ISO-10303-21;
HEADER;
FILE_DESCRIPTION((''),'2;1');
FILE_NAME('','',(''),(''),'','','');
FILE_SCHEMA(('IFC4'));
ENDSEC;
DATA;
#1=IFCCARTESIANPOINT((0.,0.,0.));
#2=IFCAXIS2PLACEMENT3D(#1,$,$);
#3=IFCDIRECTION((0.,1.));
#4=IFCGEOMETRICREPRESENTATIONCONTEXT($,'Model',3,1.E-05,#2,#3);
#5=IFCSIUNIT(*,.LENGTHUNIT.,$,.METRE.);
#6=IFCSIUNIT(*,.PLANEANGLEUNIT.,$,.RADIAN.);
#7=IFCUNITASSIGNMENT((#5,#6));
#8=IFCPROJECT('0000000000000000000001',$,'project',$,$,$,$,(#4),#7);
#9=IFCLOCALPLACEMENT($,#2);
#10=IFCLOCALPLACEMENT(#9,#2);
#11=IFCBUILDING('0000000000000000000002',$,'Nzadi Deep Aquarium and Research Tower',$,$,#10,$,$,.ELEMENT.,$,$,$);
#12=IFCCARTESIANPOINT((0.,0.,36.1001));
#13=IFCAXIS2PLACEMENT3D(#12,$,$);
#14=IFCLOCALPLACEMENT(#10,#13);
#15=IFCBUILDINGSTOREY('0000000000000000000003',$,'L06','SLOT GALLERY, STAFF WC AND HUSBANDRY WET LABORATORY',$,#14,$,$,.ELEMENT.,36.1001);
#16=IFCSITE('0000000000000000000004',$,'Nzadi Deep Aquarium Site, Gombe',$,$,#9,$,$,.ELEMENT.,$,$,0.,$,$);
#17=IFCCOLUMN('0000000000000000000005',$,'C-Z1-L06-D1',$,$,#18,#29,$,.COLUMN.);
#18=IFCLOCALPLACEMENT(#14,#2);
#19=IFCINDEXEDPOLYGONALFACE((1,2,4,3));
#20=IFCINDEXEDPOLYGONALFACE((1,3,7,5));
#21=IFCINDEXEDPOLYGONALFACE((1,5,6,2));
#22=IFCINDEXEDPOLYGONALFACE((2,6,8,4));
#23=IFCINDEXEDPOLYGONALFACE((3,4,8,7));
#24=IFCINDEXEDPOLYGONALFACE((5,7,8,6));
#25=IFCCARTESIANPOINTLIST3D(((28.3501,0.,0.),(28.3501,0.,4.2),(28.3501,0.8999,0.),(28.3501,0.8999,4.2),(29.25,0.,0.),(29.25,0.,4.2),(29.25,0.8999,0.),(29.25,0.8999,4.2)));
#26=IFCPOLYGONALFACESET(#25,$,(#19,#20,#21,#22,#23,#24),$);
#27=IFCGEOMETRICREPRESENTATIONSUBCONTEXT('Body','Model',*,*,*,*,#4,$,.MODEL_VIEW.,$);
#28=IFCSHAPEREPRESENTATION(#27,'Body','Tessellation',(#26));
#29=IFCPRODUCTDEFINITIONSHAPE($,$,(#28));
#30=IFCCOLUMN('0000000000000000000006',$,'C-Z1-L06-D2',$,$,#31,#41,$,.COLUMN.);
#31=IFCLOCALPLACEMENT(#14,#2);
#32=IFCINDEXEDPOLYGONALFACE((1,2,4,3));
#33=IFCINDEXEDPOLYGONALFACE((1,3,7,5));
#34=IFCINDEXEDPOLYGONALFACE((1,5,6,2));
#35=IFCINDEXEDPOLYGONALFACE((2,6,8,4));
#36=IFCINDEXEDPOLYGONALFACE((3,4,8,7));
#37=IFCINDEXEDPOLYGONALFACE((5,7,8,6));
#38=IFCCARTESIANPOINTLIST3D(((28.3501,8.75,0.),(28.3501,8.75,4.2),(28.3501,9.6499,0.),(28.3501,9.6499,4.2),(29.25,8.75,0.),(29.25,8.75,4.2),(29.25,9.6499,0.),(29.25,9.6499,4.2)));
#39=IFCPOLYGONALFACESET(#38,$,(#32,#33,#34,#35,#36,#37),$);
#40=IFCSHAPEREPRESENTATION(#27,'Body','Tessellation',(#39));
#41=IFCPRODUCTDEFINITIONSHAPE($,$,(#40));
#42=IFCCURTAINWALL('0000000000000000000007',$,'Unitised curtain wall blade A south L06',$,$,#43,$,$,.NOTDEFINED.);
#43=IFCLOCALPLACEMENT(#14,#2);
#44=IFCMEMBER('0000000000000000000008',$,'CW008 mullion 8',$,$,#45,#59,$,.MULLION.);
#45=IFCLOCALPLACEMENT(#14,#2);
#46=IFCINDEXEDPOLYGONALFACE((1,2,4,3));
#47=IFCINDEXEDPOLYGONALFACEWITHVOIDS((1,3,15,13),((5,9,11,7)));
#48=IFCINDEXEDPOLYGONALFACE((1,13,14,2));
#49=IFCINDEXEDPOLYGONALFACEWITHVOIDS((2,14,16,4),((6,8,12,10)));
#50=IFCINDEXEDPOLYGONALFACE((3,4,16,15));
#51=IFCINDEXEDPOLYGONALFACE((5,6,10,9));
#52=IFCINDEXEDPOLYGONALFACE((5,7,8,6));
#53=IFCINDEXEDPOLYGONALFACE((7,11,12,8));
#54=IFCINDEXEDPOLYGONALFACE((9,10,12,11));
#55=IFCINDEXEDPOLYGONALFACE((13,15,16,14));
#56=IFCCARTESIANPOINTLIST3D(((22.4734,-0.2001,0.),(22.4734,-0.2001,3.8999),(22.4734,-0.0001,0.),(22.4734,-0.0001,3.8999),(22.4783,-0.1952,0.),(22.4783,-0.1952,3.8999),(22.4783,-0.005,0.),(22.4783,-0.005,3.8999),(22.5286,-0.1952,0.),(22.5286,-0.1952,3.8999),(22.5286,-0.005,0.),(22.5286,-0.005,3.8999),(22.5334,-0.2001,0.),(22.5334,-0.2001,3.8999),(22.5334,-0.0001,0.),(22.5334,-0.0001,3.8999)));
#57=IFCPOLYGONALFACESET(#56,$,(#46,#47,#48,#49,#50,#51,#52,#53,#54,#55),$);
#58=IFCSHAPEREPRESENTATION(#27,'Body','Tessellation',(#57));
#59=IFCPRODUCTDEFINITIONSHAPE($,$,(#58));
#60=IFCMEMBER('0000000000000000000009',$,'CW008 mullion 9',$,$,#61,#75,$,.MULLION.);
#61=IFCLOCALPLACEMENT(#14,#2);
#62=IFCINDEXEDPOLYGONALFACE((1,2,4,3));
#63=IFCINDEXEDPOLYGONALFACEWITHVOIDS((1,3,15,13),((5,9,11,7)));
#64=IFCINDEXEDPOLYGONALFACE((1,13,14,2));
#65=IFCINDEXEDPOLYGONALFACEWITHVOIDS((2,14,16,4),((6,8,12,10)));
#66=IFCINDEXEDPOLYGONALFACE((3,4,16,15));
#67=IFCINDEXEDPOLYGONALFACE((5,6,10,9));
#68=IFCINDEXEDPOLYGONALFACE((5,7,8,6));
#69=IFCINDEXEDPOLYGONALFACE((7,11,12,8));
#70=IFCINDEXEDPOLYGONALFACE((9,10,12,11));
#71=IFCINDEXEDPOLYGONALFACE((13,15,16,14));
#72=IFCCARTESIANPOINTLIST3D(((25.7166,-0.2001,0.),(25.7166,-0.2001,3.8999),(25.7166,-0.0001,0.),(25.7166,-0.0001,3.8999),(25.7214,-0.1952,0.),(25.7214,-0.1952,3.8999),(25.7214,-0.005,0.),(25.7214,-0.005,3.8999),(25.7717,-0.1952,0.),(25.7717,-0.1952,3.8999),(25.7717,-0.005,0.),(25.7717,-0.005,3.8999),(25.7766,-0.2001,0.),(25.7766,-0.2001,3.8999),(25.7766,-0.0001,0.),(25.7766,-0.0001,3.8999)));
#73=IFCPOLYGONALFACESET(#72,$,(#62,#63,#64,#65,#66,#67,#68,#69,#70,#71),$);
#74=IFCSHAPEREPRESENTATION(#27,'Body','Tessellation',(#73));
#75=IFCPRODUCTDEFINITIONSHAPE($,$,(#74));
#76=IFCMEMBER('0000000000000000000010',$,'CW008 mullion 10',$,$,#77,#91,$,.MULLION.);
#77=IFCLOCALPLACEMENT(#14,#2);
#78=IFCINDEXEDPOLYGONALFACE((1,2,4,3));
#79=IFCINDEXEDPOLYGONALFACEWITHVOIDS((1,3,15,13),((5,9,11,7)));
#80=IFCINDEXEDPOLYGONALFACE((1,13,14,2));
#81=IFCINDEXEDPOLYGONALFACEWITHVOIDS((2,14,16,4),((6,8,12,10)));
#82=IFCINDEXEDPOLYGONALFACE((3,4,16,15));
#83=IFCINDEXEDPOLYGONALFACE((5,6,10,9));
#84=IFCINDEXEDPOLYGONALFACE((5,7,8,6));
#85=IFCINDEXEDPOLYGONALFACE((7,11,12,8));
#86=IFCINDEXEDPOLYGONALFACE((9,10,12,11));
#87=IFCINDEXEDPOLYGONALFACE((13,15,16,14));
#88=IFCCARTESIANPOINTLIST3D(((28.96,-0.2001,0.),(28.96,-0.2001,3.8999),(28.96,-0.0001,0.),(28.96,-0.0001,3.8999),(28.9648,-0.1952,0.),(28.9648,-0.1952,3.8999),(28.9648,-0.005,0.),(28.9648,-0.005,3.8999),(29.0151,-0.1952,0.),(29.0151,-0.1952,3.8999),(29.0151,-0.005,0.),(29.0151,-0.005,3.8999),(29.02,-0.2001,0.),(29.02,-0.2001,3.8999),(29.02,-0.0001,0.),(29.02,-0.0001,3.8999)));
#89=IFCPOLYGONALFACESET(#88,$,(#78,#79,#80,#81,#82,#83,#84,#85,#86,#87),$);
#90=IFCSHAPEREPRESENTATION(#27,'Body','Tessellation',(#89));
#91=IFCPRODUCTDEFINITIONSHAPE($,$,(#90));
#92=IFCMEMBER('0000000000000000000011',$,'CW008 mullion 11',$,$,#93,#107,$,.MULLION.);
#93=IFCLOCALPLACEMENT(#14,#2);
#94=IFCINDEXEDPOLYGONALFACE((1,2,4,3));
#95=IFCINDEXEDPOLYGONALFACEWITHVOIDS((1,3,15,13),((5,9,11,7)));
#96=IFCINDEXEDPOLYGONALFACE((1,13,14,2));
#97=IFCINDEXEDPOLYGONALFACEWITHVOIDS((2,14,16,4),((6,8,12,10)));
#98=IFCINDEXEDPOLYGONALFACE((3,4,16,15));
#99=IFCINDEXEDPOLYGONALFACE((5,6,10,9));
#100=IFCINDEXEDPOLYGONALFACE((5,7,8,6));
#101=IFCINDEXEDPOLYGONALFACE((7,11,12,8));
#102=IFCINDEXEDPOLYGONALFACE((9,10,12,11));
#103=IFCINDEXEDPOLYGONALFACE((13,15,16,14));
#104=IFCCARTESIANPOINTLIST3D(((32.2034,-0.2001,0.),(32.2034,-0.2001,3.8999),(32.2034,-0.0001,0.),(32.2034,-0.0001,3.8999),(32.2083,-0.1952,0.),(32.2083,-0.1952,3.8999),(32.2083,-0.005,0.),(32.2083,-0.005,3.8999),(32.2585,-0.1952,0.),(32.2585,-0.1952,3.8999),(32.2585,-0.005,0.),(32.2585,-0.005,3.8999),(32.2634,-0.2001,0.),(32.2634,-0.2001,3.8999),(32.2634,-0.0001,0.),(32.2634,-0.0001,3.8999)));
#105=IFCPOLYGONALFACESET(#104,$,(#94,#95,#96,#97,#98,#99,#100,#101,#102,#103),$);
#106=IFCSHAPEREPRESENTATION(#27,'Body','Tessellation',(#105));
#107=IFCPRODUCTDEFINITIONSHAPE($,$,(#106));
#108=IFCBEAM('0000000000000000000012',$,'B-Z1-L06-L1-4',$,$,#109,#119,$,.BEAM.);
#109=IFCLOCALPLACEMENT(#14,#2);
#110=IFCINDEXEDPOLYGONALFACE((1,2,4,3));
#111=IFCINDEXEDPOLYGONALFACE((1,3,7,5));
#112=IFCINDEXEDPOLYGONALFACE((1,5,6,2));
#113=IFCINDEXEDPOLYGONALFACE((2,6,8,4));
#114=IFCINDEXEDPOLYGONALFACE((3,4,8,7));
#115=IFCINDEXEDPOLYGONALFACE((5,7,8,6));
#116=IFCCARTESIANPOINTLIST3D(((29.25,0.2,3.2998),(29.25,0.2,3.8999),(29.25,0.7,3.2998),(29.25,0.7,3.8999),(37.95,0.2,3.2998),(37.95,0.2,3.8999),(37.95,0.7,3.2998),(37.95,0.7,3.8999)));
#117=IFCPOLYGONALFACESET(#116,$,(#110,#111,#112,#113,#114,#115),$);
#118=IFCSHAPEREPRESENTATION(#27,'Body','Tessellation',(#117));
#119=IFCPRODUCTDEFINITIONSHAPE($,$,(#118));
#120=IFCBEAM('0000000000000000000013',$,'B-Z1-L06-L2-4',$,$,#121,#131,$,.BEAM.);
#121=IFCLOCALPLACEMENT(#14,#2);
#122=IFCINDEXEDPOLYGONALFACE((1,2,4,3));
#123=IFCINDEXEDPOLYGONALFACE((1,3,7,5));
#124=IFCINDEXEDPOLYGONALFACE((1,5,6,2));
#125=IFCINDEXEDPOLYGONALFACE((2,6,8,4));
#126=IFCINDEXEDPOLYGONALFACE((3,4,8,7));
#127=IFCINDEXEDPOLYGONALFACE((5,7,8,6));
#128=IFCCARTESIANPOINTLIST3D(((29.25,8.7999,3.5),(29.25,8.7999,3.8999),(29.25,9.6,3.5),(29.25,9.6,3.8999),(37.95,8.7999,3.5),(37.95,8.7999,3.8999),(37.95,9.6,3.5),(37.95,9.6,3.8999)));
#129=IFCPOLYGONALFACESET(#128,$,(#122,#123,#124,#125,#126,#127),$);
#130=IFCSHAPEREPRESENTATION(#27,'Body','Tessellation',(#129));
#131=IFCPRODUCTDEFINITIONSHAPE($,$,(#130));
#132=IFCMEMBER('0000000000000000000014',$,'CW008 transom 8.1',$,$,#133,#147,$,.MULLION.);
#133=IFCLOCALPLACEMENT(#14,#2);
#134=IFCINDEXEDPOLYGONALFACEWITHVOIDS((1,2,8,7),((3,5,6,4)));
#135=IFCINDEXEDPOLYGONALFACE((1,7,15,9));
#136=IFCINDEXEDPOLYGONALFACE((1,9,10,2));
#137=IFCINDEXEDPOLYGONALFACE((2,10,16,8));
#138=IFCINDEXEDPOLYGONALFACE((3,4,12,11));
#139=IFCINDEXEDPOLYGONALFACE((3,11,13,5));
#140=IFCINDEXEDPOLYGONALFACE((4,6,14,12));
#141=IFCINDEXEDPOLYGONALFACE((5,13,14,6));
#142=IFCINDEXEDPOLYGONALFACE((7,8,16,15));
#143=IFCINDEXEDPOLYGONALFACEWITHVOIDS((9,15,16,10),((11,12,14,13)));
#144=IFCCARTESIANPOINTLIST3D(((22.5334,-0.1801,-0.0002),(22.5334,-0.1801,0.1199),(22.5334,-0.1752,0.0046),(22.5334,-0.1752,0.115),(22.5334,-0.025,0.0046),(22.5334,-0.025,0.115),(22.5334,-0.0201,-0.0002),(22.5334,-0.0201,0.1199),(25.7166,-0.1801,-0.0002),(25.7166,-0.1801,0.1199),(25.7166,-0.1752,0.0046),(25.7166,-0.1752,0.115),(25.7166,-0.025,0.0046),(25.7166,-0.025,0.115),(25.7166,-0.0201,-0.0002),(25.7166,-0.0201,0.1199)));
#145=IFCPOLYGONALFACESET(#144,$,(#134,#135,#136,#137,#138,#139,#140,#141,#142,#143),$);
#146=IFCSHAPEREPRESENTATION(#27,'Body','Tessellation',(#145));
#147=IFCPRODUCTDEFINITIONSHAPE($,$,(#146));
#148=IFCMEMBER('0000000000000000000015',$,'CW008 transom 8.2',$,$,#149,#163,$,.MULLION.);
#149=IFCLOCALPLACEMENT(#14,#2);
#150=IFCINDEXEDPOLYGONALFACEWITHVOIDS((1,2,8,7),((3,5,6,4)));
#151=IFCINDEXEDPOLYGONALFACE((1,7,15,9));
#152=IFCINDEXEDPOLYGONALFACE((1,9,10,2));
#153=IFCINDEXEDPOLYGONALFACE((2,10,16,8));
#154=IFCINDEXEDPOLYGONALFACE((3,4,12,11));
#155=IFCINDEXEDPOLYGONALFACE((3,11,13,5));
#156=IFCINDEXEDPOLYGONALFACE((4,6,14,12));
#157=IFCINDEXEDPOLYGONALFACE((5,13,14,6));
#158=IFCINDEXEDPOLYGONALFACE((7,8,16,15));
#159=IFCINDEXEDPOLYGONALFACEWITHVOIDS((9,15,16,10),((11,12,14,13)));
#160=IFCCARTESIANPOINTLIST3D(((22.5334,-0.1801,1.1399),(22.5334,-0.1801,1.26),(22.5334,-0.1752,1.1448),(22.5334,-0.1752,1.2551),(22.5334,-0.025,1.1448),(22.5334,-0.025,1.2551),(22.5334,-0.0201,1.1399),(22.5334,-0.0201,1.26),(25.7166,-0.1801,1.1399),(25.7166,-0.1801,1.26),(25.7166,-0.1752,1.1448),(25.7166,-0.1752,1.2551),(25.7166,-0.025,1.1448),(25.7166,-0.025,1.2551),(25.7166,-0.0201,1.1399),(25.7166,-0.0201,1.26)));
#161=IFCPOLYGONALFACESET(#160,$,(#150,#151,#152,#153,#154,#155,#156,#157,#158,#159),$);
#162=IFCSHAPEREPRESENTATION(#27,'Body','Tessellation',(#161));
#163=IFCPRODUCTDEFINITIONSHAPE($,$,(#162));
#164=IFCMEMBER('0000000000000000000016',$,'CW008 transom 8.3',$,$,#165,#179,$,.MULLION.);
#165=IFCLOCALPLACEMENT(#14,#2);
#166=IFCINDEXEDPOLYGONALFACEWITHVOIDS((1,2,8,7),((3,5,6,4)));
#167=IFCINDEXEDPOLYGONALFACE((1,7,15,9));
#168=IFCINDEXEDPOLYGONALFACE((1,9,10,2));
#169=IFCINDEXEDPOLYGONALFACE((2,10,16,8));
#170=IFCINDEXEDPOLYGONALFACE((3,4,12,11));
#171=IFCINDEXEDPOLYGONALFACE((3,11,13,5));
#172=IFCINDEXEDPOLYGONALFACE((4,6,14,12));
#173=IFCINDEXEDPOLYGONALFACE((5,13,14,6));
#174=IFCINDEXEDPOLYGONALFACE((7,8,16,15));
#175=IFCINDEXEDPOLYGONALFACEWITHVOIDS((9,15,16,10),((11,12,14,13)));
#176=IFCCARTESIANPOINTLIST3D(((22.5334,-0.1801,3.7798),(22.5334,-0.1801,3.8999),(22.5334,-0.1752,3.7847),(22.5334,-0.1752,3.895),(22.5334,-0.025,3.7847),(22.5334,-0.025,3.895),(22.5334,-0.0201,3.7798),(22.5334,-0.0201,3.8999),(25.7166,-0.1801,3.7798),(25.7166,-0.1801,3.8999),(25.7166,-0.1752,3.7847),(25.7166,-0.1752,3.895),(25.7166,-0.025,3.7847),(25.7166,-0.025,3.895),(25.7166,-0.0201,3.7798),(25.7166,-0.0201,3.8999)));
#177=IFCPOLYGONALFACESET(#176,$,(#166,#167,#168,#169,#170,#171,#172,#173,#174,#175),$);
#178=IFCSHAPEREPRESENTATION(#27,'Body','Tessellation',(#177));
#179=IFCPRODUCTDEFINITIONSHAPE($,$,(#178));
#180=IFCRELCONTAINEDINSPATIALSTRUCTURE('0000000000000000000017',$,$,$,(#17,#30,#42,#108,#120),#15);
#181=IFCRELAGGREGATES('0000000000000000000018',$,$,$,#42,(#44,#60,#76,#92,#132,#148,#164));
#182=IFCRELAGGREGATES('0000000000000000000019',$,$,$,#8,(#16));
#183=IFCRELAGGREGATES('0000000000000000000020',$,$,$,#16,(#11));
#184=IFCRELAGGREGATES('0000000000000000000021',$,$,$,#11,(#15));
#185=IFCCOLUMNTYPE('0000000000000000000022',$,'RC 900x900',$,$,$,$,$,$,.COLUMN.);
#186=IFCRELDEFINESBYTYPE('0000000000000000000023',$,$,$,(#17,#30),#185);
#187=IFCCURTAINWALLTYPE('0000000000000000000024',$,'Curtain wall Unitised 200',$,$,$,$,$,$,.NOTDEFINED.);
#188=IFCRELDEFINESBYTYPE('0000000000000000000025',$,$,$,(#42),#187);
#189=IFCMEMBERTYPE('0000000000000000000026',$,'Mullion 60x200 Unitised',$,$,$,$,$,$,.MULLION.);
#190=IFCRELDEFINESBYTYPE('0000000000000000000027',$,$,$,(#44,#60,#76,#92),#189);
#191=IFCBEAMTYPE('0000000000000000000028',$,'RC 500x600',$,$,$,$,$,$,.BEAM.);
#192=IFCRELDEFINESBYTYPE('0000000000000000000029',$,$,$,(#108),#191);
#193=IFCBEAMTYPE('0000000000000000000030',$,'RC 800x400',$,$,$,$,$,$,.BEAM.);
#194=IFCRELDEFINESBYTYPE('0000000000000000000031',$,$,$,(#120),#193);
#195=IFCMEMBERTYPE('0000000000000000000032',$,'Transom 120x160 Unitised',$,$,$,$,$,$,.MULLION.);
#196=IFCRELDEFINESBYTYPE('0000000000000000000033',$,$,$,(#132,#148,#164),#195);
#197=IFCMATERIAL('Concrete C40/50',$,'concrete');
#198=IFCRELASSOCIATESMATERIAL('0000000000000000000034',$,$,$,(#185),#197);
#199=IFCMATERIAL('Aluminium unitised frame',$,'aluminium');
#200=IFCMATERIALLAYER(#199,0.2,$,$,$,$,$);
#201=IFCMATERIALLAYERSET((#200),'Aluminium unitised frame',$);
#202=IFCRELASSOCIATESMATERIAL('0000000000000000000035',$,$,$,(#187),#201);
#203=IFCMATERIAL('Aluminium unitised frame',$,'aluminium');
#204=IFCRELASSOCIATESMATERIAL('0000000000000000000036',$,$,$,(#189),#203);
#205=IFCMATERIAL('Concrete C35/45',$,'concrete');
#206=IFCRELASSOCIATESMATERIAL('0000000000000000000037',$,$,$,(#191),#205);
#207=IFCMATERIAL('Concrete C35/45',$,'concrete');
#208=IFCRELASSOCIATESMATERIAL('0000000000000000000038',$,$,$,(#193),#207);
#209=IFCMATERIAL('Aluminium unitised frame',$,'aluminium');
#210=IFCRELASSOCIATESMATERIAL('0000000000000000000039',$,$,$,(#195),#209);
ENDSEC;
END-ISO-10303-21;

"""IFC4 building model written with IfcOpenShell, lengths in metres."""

from ifc_helpers import new_model, si_unit, direction, frame, origin, origin_2d, place, context, subcontext, project, spatial, rectangle, hollow_rectangle, extrude, material, layer, layer_set, material_profile, profile_set, type_object, element, aggregate, save


model = new_model("IFC4")

# Units and contexts
model_context = context("Model", 3, precision=1e-05, world=origin(), true_north=direction((0.0, 1.0)))
body_context = subcontext(model_context, "Body", "Model", "MODEL_VIEW")
ifc_project = project(units=[si_unit("LENGTHUNIT", "METRE"), si_unit("PLANEANGLEUNIT", "RADIAN")], contexts=[model_context])

# Site, building, storey
site_placement = place(None, origin())
site = spatial("IfcSite", under=ifc_project, at=site_placement, Name="Nzadi Deep Aquarium Site, Gombe", CompositionType="ELEMENT", RefElevation=0.0)
building_placement = place(site_placement, origin())
building = spatial("IfcBuilding", under=site, at=building_placement, Name="Nzadi Deep Aquarium and Research Tower", CompositionType="ELEMENT")
storey_placement = place(building_placement, frame((0.0, 0.0, 36.1001)))
storey = spatial("IfcBuildingStorey", under=building, at=storey_placement, Name="L06", Description="SLOT GALLERY, STAFF WC AND HUSBANDRY WET LABORATORY", CompositionType="ELEMENT", Elevation=36.1001)

# Columns
ifc_material_1 = material(Name="Concrete C40/50", Category="concrete")
ifc_material_profile_1 = material_profile(ifc_material_1, rectangle(XDim=0.8999, YDim=0.8999, at=origin_2d()))
ifc_profile_set_1 = profile_set([ifc_material_profile_1], Name="Concrete C40/50")
column_type = type_object("IfcColumnType", Name="RC 900x900", PredefinedType="COLUMN", material=ifc_profile_set_1)
for number, where, z_axis, x_axis, name in (
    (1, (28.8, 0.45, 0.0), (0.0, 0.0, 1.0), (1.0, 0.0, 0.0), "C-Z1-L06-D1"),
    (2, (28.8, 9.2, 0.0), (0.0, 0.0, 1.0), (1.0, 0.0, 0.0), "C-Z1-L06-D2"),
):
    element("IfcColumn", number, at=place(storey_placement, frame(where, z_axis=z_axis, x_axis=x_axis)), inside=storey, type_object=column_type, Name=name, PredefinedType="COLUMN", context=body_context, shape_type="SweptSolid", body=[
        extrude(rectangle(XDim=0.8999, YDim=0.8999, at=origin_2d()), origin(), (0.0, 0.0, 1.0), 4.2),
    ])

# Curtain wall, members
ifc_material_2 = material(Name="Aluminium unitised frame", Category="aluminium")
ifc_layer_1 = layer(ifc_material_2, 0.2)
ifc_layer_set_1 = layer_set([ifc_layer_1], Name="Aluminium unitised frame")
curtain_wall_type = type_object("IfcCurtainWallType", Name="Curtain wall Unitised 200", PredefinedType="NOTDEFINED", material=ifc_layer_set_1)
curtain_wall_placement = place(storey_placement, origin())
curtain_wall = element("IfcCurtainWall", 3, at=curtain_wall_placement, inside=storey, type_object=curtain_wall_type, Name="Unitised curtain wall blade A south L06", PredefinedType="NOTDEFINED")
ifc_material_3 = material(Name="Aluminium unitised frame", Category="aluminium")
ifc_material_profile_2 = material_profile(ifc_material_3, hollow_rectangle(XDim=0.2, YDim=0.0601, WallThickness=0.0049, at=origin_2d()))
ifc_profile_set_2 = profile_set([ifc_material_profile_2], Name="Aluminium unitised frame")
member_type_1 = type_object("IfcMemberType", Name="Mullion 60x200 Unitised", PredefinedType="MULLION", material=ifc_profile_set_2)
member_1_placement = place(storey_placement, frame((22.5034, -0.1001, 0.0), z_axis=(0.0, 0.0, 1.0), x_axis=(0.0, 1.0, 0.0)))
member_1 = element("IfcMember", 4, at=member_1_placement, type_object=member_type_1, Name="CW008 mullion 8", PredefinedType="MULLION", context=body_context, shape_type="SweptSolid", body=[
    extrude(hollow_rectangle(XDim=0.2, YDim=0.0601, WallThickness=0.0049, at=origin_2d()), origin(), (0.0, 0.0, 1.0), 3.8999),
])
member_2_placement = place(storey_placement, frame((25.7466, -0.1001, 0.0), z_axis=(0.0, 0.0, 1.0), x_axis=(0.0, 1.0, 0.0)))
member_2 = element("IfcMember", 5, at=member_2_placement, type_object=member_type_1, Name="CW008 mullion 9", PredefinedType="MULLION", context=body_context, shape_type="SweptSolid", body=[
    extrude(hollow_rectangle(XDim=0.2, YDim=0.0601, WallThickness=0.0049, at=origin_2d()), origin(), (0.0, 0.0, 1.0), 3.8999),
])
member_3_placement = place(storey_placement, frame((28.99, -0.1001, 0.0), z_axis=(0.0, 0.0, 1.0), x_axis=(0.0, 1.0, 0.0)))
member_3 = element("IfcMember", 6, at=member_3_placement, type_object=member_type_1, Name="CW008 mullion 10", PredefinedType="MULLION", context=body_context, shape_type="SweptSolid", body=[
    extrude(hollow_rectangle(XDim=0.2, YDim=0.0601, WallThickness=0.0049, at=origin_2d()), origin(), (0.0, 0.0, 1.0), 3.8999),
])
member_4_placement = place(storey_placement, frame((32.2334, -0.1001, 0.0), z_axis=(0.0, 0.0, 1.0), x_axis=(0.0, 1.0, 0.0)))
member_4 = element("IfcMember", 7, at=member_4_placement, type_object=member_type_1, Name="CW008 mullion 11", PredefinedType="MULLION", context=body_context, shape_type="SweptSolid", body=[
    extrude(hollow_rectangle(XDim=0.2, YDim=0.0601, WallThickness=0.0049, at=origin_2d()), origin(), (0.0, 0.0, 1.0), 3.8999),
])

# Beams
ifc_material_4 = material(Name="Concrete C35/45", Category="concrete")
ifc_material_profile_3 = material_profile(ifc_material_4, rectangle(XDim=0.5, YDim=0.6001, at=origin_2d()))
ifc_profile_set_3 = profile_set([ifc_material_profile_3], Name="Concrete C35/45")
beam_type_1 = type_object("IfcBeamType", Name="RC 500x600", PredefinedType="BEAM", material=ifc_profile_set_3)
beam_1_placement = place(storey_placement, frame((29.25, 0.45, 3.5999), z_axis=(1.0, 0.0, 0.0), x_axis=(0.0, 1.0, 0.0)))
element("IfcBeam", 8, at=beam_1_placement, inside=storey, type_object=beam_type_1, Name="B-Z1-L06-L1-4", PredefinedType="BEAM", context=body_context, shape_type="SweptSolid", body=[
    extrude(rectangle(XDim=0.5, YDim=0.6001, at=origin_2d()), origin(), (0.0, 0.0, 1.0), 8.7),
])
ifc_material_5 = material(Name="Concrete C35/45", Category="concrete")
ifc_material_profile_4 = material_profile(ifc_material_5, rectangle(XDim=0.8, YDim=0.3999, at=origin_2d()))
ifc_profile_set_4 = profile_set([ifc_material_profile_4], Name="Concrete C35/45")
beam_type_2 = type_object("IfcBeamType", Name="RC 800x400", PredefinedType="BEAM", material=ifc_profile_set_4)
beam_2_placement = place(storey_placement, frame((29.25, 9.2, 3.7), z_axis=(1.0, 0.0, 0.0), x_axis=(0.0, 1.0, 0.0)))
element("IfcBeam", 9, at=beam_2_placement, inside=storey, type_object=beam_type_2, Name="B-Z1-L06-L2-4", PredefinedType="BEAM", context=body_context, shape_type="SweptSolid", body=[
    extrude(rectangle(XDim=0.8, YDim=0.3999, at=origin_2d()), origin(), (0.0, 0.0, 1.0), 8.7),
])

# Members
ifc_material_6 = material(Name="Aluminium unitised frame", Category="aluminium")
ifc_material_profile_5 = material_profile(ifc_material_6, hollow_rectangle(XDim=0.1599, YDim=0.1201, WallThickness=0.0049, at=origin_2d()))
ifc_profile_set_5 = profile_set([ifc_material_profile_5], Name="Aluminium unitised frame")
member_type_2 = type_object("IfcMemberType", Name="Transom 120x160 Unitised", PredefinedType="MULLION", material=ifc_profile_set_5)
member_5_placement = place(storey_placement, frame((22.5334, -0.1001, 0.0598), z_axis=(1.0, 0.0, 0.0), x_axis=(0.0, 1.0, 0.0)))
member_5 = element("IfcMember", 10, at=member_5_placement, type_object=member_type_2, Name="CW008 transom 8.1", PredefinedType="MULLION", context=body_context, shape_type="SweptSolid", body=[
    extrude(hollow_rectangle(XDim=0.1599, YDim=0.1201, WallThickness=0.0049, at=origin_2d()), origin(), (0.0, 0.0, 1.0), 3.1831),
])
member_6_placement = place(storey_placement, frame((22.5334, -0.1001, 1.2), z_axis=(1.0, 0.0, 0.0), x_axis=(0.0, 1.0, 0.0)))
member_6 = element("IfcMember", 11, at=member_6_placement, type_object=member_type_2, Name="CW008 transom 8.2", PredefinedType="MULLION", context=body_context, shape_type="SweptSolid", body=[
    extrude(hollow_rectangle(XDim=0.1599, YDim=0.1201, WallThickness=0.0049, at=origin_2d()), origin(), (0.0, 0.0, 1.0), 3.1831),
])
member_7_placement = place(storey_placement, frame((22.5334, -0.1001, 3.8398), z_axis=(1.0, 0.0, 0.0), x_axis=(0.0, 1.0, 0.0)))
member_7 = element("IfcMember", 12, at=member_7_placement, type_object=member_type_2, Name="CW008 transom 8.3", PredefinedType="MULLION", context=body_context, shape_type="SweptSolid", body=[
    extrude(hollow_rectangle(XDim=0.1599, YDim=0.1201, WallThickness=0.0049, at=origin_2d()), origin(), (0.0, 0.0, 1.0), 3.1831),
])

aggregate(curtain_wall, [member_1, member_2, member_3, member_4, member_5, member_6, member_7])

save(model, "model.ifc")
